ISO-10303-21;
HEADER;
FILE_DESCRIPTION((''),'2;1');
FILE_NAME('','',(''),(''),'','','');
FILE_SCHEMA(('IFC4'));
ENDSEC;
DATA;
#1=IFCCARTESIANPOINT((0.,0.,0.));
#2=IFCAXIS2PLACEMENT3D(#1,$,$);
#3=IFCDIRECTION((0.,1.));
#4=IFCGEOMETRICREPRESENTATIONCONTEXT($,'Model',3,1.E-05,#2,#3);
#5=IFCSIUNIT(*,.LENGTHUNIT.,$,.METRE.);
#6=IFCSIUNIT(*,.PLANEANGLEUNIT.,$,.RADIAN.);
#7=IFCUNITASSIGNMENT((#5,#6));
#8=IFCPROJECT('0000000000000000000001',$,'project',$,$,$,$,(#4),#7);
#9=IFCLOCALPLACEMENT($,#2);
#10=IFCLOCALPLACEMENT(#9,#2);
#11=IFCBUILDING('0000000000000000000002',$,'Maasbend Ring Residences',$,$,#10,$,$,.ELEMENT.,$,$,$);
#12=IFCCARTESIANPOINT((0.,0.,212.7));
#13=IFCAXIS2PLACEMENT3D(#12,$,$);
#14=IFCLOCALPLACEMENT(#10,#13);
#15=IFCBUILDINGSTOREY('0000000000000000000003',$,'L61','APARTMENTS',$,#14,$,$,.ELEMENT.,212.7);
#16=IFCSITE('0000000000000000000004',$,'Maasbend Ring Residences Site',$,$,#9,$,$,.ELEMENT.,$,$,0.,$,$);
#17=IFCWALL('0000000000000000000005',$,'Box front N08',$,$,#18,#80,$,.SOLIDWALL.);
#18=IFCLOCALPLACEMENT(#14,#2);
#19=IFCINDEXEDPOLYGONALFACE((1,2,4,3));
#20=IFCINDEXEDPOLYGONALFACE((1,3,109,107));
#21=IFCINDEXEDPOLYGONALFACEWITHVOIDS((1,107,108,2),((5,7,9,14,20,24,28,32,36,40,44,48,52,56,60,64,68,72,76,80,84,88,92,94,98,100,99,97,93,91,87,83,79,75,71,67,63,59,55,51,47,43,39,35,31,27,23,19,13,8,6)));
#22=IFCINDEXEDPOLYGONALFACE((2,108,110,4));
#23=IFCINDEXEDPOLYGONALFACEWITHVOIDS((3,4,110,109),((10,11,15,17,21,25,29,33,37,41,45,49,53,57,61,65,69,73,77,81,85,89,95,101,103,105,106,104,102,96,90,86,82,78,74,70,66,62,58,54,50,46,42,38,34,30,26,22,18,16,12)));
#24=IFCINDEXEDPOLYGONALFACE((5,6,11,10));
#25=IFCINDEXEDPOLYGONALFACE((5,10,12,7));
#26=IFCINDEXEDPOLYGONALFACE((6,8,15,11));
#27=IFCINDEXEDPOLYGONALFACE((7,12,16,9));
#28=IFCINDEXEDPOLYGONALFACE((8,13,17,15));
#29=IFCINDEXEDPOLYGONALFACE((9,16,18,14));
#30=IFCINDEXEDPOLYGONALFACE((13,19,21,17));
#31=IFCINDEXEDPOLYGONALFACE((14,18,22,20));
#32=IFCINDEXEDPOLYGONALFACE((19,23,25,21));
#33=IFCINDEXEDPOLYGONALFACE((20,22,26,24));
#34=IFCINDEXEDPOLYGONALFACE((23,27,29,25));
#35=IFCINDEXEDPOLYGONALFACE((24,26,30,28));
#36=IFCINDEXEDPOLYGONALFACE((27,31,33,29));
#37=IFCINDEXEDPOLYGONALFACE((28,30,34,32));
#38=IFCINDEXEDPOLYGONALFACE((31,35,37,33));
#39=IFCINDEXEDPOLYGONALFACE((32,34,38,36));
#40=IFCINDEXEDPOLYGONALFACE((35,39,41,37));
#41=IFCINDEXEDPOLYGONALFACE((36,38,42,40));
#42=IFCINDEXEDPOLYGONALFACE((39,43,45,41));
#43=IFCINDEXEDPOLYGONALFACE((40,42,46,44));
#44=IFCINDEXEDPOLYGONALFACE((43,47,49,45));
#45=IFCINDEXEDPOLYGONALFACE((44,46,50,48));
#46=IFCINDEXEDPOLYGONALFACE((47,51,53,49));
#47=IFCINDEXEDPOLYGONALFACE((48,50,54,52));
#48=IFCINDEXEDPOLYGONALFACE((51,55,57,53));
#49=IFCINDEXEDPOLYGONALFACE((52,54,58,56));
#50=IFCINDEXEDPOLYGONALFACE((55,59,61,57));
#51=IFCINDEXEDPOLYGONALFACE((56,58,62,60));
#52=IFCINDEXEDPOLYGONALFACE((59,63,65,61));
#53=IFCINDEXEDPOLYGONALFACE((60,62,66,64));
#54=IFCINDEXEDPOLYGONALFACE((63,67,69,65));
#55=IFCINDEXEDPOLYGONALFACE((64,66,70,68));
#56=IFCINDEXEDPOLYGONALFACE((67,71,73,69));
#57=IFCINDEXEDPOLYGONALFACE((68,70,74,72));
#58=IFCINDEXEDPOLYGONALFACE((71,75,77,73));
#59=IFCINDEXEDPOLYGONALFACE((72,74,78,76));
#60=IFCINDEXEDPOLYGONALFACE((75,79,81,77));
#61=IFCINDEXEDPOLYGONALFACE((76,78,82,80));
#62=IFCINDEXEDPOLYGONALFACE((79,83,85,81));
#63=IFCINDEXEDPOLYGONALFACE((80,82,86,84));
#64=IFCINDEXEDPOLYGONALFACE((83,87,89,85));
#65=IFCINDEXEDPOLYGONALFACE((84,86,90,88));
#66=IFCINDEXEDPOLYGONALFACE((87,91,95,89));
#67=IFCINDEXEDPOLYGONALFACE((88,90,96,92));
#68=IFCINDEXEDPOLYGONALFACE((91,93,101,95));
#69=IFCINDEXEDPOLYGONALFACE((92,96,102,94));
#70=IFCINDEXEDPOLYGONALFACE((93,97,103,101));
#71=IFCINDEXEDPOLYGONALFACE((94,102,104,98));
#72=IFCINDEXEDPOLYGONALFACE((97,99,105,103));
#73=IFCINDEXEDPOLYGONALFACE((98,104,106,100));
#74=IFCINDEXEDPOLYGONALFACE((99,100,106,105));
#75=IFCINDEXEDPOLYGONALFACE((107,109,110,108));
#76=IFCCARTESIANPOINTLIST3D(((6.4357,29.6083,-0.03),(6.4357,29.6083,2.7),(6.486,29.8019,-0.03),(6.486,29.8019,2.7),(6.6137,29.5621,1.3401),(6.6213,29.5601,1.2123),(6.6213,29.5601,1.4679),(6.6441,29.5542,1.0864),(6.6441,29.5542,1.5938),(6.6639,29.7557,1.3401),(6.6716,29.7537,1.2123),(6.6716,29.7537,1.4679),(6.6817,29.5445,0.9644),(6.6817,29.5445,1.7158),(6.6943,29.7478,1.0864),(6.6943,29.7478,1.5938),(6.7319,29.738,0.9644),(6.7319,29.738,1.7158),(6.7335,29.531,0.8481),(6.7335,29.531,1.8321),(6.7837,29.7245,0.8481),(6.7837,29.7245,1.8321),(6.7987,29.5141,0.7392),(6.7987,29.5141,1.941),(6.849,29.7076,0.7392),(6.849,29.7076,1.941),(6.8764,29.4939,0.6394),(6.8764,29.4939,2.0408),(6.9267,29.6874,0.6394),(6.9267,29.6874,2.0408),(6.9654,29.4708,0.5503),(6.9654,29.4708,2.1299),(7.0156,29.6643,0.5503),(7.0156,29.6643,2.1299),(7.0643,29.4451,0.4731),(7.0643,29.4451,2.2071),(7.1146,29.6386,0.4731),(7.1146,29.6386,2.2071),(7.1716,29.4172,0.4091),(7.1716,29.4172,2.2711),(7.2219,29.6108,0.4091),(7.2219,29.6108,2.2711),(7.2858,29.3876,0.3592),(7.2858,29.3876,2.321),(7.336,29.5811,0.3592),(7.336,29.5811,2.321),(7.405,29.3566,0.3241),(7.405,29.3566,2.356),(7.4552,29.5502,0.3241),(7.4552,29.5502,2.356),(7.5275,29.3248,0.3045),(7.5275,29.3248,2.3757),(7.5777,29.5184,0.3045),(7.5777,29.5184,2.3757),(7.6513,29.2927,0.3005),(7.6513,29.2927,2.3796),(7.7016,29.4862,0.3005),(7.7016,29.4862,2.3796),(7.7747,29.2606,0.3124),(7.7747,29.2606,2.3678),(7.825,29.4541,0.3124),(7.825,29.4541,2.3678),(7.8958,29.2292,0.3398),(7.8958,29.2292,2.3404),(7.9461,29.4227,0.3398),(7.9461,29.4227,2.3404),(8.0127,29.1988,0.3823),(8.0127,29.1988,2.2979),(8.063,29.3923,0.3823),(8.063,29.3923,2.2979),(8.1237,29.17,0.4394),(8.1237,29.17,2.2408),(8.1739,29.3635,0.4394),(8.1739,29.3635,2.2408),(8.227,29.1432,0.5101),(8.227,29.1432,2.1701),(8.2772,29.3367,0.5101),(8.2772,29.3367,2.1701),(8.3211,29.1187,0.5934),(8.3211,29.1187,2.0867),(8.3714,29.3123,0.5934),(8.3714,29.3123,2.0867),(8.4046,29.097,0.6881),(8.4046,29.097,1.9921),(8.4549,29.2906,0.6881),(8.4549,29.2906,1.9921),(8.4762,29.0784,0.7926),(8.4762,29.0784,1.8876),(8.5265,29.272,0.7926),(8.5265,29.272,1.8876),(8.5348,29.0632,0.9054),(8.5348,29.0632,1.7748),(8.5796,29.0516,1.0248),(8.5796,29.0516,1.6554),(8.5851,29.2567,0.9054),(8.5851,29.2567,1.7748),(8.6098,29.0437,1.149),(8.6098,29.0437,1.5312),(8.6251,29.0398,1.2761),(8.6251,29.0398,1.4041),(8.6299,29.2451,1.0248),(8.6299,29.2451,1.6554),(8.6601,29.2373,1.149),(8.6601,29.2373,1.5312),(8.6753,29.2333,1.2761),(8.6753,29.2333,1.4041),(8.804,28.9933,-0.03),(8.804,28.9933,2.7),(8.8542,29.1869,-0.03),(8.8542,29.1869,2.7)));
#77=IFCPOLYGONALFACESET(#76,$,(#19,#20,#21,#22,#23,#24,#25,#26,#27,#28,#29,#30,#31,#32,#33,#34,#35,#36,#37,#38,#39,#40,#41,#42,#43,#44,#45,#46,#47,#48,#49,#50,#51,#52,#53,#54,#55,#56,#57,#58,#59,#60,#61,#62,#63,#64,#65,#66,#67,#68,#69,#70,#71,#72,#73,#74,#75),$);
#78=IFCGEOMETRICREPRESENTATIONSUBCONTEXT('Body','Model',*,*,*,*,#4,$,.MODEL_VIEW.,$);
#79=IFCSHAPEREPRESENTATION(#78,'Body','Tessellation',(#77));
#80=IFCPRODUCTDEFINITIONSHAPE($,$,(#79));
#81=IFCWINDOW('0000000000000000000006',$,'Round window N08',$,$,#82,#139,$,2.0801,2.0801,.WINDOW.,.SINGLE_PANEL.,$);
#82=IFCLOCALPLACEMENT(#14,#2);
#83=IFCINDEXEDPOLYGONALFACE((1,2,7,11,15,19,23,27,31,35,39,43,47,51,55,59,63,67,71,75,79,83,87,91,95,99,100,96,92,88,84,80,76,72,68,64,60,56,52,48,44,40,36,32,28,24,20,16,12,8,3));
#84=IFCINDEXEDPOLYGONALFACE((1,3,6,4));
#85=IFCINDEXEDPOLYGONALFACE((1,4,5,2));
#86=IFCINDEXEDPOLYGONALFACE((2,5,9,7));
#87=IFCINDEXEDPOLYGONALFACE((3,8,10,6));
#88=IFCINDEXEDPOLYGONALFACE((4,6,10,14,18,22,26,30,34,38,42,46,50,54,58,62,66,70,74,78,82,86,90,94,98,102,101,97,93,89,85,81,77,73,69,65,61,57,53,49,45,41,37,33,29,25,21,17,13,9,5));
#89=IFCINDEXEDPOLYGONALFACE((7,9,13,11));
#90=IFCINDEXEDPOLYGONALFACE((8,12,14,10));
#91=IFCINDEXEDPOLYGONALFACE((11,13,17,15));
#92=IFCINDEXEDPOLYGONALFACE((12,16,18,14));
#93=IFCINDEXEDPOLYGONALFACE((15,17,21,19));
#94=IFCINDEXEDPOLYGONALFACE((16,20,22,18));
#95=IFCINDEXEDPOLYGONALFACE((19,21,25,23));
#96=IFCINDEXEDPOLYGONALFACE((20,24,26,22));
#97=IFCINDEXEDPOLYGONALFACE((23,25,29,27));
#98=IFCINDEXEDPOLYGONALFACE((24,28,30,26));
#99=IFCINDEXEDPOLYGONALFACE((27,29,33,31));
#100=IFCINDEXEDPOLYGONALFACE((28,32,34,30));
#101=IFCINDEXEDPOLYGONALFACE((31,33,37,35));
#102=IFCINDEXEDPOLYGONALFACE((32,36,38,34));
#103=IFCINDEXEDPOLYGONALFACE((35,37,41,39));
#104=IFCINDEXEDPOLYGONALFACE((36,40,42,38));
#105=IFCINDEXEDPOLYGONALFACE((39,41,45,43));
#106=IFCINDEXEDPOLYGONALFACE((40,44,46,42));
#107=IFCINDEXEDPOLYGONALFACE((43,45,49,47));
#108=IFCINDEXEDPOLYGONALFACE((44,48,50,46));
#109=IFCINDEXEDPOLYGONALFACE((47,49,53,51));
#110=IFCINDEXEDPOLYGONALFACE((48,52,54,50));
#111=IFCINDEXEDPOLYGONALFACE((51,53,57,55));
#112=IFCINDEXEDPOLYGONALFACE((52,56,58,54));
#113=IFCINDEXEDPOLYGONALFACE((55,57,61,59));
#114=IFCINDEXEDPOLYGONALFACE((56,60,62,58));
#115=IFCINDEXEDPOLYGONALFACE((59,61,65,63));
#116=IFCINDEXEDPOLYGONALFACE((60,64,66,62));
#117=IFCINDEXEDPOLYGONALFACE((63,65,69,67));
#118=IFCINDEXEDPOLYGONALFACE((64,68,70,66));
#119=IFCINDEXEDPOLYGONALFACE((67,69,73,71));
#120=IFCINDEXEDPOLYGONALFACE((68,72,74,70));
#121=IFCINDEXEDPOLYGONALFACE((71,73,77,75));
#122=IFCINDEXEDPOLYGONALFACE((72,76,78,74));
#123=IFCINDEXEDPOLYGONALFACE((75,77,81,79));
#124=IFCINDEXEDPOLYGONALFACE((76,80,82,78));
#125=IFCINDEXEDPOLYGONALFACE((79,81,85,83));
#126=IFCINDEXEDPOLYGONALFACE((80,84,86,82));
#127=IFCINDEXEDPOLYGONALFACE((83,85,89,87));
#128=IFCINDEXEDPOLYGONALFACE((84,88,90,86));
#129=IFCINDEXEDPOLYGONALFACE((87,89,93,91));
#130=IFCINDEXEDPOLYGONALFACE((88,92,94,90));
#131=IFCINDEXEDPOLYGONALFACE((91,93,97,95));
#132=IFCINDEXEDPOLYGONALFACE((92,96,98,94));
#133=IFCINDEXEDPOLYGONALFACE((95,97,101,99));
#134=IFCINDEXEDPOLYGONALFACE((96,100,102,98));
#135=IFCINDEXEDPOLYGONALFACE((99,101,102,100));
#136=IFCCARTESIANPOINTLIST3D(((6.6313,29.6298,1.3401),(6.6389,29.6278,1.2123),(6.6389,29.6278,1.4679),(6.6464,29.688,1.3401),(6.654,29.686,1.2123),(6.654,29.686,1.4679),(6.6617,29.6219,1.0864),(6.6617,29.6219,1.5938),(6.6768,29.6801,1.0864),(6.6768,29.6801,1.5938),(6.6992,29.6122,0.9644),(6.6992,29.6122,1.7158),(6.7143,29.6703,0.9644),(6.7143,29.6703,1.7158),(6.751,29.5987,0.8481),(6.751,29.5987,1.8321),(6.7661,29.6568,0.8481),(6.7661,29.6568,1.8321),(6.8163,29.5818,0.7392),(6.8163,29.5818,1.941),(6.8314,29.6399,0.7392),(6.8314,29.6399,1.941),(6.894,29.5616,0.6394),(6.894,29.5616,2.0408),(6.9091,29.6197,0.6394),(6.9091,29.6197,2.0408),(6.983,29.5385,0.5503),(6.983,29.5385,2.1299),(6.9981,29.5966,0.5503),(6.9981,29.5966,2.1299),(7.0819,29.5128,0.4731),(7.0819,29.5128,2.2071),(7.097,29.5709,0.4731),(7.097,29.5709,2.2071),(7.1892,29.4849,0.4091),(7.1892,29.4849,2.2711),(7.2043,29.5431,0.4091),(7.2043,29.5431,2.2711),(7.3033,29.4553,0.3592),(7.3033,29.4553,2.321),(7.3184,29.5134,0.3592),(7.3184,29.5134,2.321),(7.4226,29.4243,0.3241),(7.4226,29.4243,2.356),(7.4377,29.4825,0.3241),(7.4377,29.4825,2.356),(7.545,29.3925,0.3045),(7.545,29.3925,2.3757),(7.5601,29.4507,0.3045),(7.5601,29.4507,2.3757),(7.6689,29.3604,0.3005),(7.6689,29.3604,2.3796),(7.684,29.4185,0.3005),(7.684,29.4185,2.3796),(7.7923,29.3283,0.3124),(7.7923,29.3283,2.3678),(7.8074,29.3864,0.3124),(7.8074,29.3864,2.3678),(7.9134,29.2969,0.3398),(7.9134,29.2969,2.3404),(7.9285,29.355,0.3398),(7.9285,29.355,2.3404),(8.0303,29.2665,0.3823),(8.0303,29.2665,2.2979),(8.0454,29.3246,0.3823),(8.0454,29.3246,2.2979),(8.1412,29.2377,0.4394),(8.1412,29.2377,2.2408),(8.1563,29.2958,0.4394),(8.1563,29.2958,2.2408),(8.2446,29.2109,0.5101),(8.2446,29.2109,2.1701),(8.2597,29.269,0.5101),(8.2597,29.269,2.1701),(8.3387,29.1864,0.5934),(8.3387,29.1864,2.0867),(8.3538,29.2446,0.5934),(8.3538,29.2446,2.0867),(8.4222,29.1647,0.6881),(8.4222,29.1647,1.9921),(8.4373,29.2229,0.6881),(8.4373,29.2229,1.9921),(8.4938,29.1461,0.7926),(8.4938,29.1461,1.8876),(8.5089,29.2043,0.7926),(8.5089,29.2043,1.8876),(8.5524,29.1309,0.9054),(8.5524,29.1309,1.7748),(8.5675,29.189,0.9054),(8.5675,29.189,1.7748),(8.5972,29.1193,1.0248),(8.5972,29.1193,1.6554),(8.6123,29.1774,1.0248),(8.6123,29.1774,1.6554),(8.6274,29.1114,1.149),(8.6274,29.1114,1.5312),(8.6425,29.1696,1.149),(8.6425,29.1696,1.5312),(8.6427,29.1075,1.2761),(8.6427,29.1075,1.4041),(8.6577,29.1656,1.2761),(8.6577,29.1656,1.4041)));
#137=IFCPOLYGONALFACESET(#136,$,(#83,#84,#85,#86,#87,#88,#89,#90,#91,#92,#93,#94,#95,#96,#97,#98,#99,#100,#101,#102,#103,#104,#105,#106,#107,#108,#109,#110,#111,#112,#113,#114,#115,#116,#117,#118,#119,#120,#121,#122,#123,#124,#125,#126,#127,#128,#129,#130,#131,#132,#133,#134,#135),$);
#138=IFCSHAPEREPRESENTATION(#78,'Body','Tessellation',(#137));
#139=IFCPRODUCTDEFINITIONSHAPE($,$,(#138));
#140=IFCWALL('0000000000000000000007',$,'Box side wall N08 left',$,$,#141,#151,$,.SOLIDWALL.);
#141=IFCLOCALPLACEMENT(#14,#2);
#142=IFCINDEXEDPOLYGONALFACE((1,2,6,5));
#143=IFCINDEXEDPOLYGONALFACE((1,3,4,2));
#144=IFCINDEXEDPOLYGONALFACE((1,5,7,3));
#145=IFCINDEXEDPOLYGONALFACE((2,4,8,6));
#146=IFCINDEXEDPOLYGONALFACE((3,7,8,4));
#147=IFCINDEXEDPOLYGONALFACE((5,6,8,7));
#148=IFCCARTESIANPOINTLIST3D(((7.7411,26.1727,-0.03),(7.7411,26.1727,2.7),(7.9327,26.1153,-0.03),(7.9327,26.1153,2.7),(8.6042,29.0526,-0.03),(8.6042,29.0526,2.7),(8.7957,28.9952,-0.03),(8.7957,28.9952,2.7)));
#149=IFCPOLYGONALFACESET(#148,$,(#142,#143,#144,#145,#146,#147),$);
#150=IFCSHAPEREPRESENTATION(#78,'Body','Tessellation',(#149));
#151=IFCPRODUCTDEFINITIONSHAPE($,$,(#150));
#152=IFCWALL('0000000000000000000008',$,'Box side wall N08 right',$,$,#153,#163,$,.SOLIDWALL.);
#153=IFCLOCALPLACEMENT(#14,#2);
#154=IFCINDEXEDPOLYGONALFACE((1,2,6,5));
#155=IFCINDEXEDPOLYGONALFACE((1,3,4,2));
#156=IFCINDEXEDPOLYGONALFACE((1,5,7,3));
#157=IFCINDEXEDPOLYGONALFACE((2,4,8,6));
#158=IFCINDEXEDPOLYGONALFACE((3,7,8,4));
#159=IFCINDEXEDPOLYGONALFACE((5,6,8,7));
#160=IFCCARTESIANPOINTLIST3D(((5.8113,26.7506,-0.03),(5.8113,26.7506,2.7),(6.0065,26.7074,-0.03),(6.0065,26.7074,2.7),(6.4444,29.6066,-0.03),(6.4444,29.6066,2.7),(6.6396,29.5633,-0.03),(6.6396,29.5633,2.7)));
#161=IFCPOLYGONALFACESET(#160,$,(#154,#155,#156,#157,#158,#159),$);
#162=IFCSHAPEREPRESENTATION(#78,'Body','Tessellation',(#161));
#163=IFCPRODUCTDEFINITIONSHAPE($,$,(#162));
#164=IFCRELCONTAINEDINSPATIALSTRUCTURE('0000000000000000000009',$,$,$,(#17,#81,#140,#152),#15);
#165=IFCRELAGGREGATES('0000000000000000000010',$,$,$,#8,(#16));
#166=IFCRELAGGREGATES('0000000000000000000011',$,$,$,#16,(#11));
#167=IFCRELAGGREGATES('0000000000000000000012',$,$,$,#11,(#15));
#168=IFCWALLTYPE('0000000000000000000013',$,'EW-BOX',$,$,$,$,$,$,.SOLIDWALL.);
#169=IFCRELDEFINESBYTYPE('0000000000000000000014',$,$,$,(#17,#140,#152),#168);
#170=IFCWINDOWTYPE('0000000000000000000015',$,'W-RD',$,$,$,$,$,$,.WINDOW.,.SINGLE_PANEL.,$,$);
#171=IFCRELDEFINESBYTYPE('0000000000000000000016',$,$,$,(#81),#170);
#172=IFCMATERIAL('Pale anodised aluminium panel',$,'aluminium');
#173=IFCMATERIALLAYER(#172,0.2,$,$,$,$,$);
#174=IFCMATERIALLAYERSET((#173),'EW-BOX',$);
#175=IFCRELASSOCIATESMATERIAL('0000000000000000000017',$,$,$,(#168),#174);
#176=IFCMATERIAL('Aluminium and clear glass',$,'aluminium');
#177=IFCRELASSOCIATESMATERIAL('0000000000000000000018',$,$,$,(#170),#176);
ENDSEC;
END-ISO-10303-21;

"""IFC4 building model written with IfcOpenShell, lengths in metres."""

from ifc_helpers import new_model, si_unit, direction, frame, frame_2d, origin, place, context, subcontext, project, spatial, rectangle, circle, extrude, material, layer, layer_set, type_object, element, fill, save


model = new_model("IFC4")

# Units and contexts
model_context = context("Model", 3, precision=1e-05, world=origin(), true_north=direction((0.0, 1.0)))
body_context = subcontext(model_context, "Body", "Model", "MODEL_VIEW")
ifc_project = project(units=[si_unit("LENGTHUNIT", "METRE"), si_unit("PLANEANGLEUNIT", "RADIAN")], contexts=[model_context])

# Site, building, storey
site_placement = place(None, origin())
site = spatial("IfcSite", under=ifc_project, at=site_placement, Name="Maasbend Ring Residences Site", CompositionType="ELEMENT", RefElevation=0.0)
building_placement = place(site_placement, origin())
building = spatial("IfcBuilding", under=site, at=building_placement, Name="Maasbend Ring Residences", CompositionType="ELEMENT")
storey_placement = place(building_placement, frame((0.0, 0.0, 212.7)))
storey = spatial("IfcBuildingStorey", under=building, at=storey_placement, Name="L61", Description="APARTMENTS", CompositionType="ELEMENT", Elevation=212.7)

# Shared definitions
ifc_material_1 = material(Name="Pale anodised aluminium panel", Category="aluminium")
ifc_layer_1 = layer(ifc_material_1, 0.2)
ifc_layer_set_1 = layer_set([ifc_layer_1], Name="EW-BOX")
wall_type_1 = type_object("IfcWallType", Name="EW-BOX", PredefinedType="SOLIDWALL", material=ifc_layer_set_1)

# Wall, opening, window
wall_1_placement = place(storey_placement, frame((8.8291, 29.0901, -0.03), z_axis=(0.0, 0.0, 1.0), x_axis=(-0.967895, 0.251353, 0.0)))
wall_1 = element("IfcWall", 1, at=wall_1_placement, inside=storey, type_object=wall_type_1, Name="Box front N08", PredefinedType="SOLIDWALL", context=body_context, shape_type="SweptSolid", body=[
    extrude(rectangle(XDim=2.4468, YDim=0.2, at=frame_2d((1.2234, 0.0))), origin(), (0.0, 0.0, 1.0), 2.73),
])
opening_1_placement = place(wall_1_placement, frame((0.1829, 0.0, 0.3301)))
opening_1 = element("IfcOpeningElement", 2, at=opening_1_placement, cuts=wall_1, PredefinedType="OPENING", context=body_context, shape_type="SweptSolid", body=[
    extrude(circle(Radius=1.04, at=frame_2d((1.04, 1.04))), frame((0.0, 0.1099, 0.0), z_axis=(0.0, -1.0, 0.0), x_axis=(1.0, 0.0, 0.0)), (0.0, 0.0, 1.0), 0.22),
])
ifc_material_2 = material(Name="Aluminium and clear glass", Category="aluminium")
window_type_1 = type_object("IfcWindowType", Name="W-RD", PartitioningType="SINGLE_PANEL", PredefinedType="WINDOW", material=ifc_material_2)
window_1_placement = place(opening_1_placement, origin())
window_1 = element("IfcWindow", 3, at=window_1_placement, inside=storey, type_object=window_type_1, Name="Round window N08", OverallHeight=2.0801, OverallWidth=2.0801, PartitioningType="SINGLE_PANEL", PredefinedType="WINDOW", context=body_context, shape_type="SweptSolid", body=[
    extrude(circle(Radius=1.04, at=frame_2d((1.04, 1.04))), frame((0.0, 0.03, 0.0), z_axis=(0.0, -1.0, 0.0), x_axis=(1.0, 0.0, 0.0)), (0.0, 0.0, 1.0), 0.0601),
])
fill(opening_1, window_1)

# Walls
wall_2_placement = place(storey_placement, frame((7.8369, 26.144, -0.03), z_axis=(0.0, 0.0, 1.0), x_axis=(0.287065, 0.957911, 0.0)))
element("IfcWall", 4, at=wall_2_placement, inside=storey, type_object=wall_type_1, Name="Box side wall N08 left", PredefinedType="SOLIDWALL", context=body_context, shape_type="SweptSolid", body=[
    extrude(rectangle(XDim=3.0063, YDim=0.2, at=frame_2d((1.5032, 0.0))), origin(), (0.0, 0.0, 1.0), 2.73),
])
wall_3_placement = place(storey_placement, frame((5.9089, 26.729, -0.03), z_axis=(0.0, 0.0, 1.0), x_axis=(0.216409, 0.976303, 0.0)))
element("IfcWall", 5, at=wall_3_placement, inside=storey, type_object=wall_type_1, Name="Box side wall N08 right", PredefinedType="SOLIDWALL", context=body_context, shape_type="SweptSolid", body=[
    extrude(rectangle(XDim=2.9253, YDim=0.2, at=frame_2d((1.4626, 0.0))), origin(), (0.0, 0.0, 1.0), 2.73),
])

save(model, "model.ifc")
